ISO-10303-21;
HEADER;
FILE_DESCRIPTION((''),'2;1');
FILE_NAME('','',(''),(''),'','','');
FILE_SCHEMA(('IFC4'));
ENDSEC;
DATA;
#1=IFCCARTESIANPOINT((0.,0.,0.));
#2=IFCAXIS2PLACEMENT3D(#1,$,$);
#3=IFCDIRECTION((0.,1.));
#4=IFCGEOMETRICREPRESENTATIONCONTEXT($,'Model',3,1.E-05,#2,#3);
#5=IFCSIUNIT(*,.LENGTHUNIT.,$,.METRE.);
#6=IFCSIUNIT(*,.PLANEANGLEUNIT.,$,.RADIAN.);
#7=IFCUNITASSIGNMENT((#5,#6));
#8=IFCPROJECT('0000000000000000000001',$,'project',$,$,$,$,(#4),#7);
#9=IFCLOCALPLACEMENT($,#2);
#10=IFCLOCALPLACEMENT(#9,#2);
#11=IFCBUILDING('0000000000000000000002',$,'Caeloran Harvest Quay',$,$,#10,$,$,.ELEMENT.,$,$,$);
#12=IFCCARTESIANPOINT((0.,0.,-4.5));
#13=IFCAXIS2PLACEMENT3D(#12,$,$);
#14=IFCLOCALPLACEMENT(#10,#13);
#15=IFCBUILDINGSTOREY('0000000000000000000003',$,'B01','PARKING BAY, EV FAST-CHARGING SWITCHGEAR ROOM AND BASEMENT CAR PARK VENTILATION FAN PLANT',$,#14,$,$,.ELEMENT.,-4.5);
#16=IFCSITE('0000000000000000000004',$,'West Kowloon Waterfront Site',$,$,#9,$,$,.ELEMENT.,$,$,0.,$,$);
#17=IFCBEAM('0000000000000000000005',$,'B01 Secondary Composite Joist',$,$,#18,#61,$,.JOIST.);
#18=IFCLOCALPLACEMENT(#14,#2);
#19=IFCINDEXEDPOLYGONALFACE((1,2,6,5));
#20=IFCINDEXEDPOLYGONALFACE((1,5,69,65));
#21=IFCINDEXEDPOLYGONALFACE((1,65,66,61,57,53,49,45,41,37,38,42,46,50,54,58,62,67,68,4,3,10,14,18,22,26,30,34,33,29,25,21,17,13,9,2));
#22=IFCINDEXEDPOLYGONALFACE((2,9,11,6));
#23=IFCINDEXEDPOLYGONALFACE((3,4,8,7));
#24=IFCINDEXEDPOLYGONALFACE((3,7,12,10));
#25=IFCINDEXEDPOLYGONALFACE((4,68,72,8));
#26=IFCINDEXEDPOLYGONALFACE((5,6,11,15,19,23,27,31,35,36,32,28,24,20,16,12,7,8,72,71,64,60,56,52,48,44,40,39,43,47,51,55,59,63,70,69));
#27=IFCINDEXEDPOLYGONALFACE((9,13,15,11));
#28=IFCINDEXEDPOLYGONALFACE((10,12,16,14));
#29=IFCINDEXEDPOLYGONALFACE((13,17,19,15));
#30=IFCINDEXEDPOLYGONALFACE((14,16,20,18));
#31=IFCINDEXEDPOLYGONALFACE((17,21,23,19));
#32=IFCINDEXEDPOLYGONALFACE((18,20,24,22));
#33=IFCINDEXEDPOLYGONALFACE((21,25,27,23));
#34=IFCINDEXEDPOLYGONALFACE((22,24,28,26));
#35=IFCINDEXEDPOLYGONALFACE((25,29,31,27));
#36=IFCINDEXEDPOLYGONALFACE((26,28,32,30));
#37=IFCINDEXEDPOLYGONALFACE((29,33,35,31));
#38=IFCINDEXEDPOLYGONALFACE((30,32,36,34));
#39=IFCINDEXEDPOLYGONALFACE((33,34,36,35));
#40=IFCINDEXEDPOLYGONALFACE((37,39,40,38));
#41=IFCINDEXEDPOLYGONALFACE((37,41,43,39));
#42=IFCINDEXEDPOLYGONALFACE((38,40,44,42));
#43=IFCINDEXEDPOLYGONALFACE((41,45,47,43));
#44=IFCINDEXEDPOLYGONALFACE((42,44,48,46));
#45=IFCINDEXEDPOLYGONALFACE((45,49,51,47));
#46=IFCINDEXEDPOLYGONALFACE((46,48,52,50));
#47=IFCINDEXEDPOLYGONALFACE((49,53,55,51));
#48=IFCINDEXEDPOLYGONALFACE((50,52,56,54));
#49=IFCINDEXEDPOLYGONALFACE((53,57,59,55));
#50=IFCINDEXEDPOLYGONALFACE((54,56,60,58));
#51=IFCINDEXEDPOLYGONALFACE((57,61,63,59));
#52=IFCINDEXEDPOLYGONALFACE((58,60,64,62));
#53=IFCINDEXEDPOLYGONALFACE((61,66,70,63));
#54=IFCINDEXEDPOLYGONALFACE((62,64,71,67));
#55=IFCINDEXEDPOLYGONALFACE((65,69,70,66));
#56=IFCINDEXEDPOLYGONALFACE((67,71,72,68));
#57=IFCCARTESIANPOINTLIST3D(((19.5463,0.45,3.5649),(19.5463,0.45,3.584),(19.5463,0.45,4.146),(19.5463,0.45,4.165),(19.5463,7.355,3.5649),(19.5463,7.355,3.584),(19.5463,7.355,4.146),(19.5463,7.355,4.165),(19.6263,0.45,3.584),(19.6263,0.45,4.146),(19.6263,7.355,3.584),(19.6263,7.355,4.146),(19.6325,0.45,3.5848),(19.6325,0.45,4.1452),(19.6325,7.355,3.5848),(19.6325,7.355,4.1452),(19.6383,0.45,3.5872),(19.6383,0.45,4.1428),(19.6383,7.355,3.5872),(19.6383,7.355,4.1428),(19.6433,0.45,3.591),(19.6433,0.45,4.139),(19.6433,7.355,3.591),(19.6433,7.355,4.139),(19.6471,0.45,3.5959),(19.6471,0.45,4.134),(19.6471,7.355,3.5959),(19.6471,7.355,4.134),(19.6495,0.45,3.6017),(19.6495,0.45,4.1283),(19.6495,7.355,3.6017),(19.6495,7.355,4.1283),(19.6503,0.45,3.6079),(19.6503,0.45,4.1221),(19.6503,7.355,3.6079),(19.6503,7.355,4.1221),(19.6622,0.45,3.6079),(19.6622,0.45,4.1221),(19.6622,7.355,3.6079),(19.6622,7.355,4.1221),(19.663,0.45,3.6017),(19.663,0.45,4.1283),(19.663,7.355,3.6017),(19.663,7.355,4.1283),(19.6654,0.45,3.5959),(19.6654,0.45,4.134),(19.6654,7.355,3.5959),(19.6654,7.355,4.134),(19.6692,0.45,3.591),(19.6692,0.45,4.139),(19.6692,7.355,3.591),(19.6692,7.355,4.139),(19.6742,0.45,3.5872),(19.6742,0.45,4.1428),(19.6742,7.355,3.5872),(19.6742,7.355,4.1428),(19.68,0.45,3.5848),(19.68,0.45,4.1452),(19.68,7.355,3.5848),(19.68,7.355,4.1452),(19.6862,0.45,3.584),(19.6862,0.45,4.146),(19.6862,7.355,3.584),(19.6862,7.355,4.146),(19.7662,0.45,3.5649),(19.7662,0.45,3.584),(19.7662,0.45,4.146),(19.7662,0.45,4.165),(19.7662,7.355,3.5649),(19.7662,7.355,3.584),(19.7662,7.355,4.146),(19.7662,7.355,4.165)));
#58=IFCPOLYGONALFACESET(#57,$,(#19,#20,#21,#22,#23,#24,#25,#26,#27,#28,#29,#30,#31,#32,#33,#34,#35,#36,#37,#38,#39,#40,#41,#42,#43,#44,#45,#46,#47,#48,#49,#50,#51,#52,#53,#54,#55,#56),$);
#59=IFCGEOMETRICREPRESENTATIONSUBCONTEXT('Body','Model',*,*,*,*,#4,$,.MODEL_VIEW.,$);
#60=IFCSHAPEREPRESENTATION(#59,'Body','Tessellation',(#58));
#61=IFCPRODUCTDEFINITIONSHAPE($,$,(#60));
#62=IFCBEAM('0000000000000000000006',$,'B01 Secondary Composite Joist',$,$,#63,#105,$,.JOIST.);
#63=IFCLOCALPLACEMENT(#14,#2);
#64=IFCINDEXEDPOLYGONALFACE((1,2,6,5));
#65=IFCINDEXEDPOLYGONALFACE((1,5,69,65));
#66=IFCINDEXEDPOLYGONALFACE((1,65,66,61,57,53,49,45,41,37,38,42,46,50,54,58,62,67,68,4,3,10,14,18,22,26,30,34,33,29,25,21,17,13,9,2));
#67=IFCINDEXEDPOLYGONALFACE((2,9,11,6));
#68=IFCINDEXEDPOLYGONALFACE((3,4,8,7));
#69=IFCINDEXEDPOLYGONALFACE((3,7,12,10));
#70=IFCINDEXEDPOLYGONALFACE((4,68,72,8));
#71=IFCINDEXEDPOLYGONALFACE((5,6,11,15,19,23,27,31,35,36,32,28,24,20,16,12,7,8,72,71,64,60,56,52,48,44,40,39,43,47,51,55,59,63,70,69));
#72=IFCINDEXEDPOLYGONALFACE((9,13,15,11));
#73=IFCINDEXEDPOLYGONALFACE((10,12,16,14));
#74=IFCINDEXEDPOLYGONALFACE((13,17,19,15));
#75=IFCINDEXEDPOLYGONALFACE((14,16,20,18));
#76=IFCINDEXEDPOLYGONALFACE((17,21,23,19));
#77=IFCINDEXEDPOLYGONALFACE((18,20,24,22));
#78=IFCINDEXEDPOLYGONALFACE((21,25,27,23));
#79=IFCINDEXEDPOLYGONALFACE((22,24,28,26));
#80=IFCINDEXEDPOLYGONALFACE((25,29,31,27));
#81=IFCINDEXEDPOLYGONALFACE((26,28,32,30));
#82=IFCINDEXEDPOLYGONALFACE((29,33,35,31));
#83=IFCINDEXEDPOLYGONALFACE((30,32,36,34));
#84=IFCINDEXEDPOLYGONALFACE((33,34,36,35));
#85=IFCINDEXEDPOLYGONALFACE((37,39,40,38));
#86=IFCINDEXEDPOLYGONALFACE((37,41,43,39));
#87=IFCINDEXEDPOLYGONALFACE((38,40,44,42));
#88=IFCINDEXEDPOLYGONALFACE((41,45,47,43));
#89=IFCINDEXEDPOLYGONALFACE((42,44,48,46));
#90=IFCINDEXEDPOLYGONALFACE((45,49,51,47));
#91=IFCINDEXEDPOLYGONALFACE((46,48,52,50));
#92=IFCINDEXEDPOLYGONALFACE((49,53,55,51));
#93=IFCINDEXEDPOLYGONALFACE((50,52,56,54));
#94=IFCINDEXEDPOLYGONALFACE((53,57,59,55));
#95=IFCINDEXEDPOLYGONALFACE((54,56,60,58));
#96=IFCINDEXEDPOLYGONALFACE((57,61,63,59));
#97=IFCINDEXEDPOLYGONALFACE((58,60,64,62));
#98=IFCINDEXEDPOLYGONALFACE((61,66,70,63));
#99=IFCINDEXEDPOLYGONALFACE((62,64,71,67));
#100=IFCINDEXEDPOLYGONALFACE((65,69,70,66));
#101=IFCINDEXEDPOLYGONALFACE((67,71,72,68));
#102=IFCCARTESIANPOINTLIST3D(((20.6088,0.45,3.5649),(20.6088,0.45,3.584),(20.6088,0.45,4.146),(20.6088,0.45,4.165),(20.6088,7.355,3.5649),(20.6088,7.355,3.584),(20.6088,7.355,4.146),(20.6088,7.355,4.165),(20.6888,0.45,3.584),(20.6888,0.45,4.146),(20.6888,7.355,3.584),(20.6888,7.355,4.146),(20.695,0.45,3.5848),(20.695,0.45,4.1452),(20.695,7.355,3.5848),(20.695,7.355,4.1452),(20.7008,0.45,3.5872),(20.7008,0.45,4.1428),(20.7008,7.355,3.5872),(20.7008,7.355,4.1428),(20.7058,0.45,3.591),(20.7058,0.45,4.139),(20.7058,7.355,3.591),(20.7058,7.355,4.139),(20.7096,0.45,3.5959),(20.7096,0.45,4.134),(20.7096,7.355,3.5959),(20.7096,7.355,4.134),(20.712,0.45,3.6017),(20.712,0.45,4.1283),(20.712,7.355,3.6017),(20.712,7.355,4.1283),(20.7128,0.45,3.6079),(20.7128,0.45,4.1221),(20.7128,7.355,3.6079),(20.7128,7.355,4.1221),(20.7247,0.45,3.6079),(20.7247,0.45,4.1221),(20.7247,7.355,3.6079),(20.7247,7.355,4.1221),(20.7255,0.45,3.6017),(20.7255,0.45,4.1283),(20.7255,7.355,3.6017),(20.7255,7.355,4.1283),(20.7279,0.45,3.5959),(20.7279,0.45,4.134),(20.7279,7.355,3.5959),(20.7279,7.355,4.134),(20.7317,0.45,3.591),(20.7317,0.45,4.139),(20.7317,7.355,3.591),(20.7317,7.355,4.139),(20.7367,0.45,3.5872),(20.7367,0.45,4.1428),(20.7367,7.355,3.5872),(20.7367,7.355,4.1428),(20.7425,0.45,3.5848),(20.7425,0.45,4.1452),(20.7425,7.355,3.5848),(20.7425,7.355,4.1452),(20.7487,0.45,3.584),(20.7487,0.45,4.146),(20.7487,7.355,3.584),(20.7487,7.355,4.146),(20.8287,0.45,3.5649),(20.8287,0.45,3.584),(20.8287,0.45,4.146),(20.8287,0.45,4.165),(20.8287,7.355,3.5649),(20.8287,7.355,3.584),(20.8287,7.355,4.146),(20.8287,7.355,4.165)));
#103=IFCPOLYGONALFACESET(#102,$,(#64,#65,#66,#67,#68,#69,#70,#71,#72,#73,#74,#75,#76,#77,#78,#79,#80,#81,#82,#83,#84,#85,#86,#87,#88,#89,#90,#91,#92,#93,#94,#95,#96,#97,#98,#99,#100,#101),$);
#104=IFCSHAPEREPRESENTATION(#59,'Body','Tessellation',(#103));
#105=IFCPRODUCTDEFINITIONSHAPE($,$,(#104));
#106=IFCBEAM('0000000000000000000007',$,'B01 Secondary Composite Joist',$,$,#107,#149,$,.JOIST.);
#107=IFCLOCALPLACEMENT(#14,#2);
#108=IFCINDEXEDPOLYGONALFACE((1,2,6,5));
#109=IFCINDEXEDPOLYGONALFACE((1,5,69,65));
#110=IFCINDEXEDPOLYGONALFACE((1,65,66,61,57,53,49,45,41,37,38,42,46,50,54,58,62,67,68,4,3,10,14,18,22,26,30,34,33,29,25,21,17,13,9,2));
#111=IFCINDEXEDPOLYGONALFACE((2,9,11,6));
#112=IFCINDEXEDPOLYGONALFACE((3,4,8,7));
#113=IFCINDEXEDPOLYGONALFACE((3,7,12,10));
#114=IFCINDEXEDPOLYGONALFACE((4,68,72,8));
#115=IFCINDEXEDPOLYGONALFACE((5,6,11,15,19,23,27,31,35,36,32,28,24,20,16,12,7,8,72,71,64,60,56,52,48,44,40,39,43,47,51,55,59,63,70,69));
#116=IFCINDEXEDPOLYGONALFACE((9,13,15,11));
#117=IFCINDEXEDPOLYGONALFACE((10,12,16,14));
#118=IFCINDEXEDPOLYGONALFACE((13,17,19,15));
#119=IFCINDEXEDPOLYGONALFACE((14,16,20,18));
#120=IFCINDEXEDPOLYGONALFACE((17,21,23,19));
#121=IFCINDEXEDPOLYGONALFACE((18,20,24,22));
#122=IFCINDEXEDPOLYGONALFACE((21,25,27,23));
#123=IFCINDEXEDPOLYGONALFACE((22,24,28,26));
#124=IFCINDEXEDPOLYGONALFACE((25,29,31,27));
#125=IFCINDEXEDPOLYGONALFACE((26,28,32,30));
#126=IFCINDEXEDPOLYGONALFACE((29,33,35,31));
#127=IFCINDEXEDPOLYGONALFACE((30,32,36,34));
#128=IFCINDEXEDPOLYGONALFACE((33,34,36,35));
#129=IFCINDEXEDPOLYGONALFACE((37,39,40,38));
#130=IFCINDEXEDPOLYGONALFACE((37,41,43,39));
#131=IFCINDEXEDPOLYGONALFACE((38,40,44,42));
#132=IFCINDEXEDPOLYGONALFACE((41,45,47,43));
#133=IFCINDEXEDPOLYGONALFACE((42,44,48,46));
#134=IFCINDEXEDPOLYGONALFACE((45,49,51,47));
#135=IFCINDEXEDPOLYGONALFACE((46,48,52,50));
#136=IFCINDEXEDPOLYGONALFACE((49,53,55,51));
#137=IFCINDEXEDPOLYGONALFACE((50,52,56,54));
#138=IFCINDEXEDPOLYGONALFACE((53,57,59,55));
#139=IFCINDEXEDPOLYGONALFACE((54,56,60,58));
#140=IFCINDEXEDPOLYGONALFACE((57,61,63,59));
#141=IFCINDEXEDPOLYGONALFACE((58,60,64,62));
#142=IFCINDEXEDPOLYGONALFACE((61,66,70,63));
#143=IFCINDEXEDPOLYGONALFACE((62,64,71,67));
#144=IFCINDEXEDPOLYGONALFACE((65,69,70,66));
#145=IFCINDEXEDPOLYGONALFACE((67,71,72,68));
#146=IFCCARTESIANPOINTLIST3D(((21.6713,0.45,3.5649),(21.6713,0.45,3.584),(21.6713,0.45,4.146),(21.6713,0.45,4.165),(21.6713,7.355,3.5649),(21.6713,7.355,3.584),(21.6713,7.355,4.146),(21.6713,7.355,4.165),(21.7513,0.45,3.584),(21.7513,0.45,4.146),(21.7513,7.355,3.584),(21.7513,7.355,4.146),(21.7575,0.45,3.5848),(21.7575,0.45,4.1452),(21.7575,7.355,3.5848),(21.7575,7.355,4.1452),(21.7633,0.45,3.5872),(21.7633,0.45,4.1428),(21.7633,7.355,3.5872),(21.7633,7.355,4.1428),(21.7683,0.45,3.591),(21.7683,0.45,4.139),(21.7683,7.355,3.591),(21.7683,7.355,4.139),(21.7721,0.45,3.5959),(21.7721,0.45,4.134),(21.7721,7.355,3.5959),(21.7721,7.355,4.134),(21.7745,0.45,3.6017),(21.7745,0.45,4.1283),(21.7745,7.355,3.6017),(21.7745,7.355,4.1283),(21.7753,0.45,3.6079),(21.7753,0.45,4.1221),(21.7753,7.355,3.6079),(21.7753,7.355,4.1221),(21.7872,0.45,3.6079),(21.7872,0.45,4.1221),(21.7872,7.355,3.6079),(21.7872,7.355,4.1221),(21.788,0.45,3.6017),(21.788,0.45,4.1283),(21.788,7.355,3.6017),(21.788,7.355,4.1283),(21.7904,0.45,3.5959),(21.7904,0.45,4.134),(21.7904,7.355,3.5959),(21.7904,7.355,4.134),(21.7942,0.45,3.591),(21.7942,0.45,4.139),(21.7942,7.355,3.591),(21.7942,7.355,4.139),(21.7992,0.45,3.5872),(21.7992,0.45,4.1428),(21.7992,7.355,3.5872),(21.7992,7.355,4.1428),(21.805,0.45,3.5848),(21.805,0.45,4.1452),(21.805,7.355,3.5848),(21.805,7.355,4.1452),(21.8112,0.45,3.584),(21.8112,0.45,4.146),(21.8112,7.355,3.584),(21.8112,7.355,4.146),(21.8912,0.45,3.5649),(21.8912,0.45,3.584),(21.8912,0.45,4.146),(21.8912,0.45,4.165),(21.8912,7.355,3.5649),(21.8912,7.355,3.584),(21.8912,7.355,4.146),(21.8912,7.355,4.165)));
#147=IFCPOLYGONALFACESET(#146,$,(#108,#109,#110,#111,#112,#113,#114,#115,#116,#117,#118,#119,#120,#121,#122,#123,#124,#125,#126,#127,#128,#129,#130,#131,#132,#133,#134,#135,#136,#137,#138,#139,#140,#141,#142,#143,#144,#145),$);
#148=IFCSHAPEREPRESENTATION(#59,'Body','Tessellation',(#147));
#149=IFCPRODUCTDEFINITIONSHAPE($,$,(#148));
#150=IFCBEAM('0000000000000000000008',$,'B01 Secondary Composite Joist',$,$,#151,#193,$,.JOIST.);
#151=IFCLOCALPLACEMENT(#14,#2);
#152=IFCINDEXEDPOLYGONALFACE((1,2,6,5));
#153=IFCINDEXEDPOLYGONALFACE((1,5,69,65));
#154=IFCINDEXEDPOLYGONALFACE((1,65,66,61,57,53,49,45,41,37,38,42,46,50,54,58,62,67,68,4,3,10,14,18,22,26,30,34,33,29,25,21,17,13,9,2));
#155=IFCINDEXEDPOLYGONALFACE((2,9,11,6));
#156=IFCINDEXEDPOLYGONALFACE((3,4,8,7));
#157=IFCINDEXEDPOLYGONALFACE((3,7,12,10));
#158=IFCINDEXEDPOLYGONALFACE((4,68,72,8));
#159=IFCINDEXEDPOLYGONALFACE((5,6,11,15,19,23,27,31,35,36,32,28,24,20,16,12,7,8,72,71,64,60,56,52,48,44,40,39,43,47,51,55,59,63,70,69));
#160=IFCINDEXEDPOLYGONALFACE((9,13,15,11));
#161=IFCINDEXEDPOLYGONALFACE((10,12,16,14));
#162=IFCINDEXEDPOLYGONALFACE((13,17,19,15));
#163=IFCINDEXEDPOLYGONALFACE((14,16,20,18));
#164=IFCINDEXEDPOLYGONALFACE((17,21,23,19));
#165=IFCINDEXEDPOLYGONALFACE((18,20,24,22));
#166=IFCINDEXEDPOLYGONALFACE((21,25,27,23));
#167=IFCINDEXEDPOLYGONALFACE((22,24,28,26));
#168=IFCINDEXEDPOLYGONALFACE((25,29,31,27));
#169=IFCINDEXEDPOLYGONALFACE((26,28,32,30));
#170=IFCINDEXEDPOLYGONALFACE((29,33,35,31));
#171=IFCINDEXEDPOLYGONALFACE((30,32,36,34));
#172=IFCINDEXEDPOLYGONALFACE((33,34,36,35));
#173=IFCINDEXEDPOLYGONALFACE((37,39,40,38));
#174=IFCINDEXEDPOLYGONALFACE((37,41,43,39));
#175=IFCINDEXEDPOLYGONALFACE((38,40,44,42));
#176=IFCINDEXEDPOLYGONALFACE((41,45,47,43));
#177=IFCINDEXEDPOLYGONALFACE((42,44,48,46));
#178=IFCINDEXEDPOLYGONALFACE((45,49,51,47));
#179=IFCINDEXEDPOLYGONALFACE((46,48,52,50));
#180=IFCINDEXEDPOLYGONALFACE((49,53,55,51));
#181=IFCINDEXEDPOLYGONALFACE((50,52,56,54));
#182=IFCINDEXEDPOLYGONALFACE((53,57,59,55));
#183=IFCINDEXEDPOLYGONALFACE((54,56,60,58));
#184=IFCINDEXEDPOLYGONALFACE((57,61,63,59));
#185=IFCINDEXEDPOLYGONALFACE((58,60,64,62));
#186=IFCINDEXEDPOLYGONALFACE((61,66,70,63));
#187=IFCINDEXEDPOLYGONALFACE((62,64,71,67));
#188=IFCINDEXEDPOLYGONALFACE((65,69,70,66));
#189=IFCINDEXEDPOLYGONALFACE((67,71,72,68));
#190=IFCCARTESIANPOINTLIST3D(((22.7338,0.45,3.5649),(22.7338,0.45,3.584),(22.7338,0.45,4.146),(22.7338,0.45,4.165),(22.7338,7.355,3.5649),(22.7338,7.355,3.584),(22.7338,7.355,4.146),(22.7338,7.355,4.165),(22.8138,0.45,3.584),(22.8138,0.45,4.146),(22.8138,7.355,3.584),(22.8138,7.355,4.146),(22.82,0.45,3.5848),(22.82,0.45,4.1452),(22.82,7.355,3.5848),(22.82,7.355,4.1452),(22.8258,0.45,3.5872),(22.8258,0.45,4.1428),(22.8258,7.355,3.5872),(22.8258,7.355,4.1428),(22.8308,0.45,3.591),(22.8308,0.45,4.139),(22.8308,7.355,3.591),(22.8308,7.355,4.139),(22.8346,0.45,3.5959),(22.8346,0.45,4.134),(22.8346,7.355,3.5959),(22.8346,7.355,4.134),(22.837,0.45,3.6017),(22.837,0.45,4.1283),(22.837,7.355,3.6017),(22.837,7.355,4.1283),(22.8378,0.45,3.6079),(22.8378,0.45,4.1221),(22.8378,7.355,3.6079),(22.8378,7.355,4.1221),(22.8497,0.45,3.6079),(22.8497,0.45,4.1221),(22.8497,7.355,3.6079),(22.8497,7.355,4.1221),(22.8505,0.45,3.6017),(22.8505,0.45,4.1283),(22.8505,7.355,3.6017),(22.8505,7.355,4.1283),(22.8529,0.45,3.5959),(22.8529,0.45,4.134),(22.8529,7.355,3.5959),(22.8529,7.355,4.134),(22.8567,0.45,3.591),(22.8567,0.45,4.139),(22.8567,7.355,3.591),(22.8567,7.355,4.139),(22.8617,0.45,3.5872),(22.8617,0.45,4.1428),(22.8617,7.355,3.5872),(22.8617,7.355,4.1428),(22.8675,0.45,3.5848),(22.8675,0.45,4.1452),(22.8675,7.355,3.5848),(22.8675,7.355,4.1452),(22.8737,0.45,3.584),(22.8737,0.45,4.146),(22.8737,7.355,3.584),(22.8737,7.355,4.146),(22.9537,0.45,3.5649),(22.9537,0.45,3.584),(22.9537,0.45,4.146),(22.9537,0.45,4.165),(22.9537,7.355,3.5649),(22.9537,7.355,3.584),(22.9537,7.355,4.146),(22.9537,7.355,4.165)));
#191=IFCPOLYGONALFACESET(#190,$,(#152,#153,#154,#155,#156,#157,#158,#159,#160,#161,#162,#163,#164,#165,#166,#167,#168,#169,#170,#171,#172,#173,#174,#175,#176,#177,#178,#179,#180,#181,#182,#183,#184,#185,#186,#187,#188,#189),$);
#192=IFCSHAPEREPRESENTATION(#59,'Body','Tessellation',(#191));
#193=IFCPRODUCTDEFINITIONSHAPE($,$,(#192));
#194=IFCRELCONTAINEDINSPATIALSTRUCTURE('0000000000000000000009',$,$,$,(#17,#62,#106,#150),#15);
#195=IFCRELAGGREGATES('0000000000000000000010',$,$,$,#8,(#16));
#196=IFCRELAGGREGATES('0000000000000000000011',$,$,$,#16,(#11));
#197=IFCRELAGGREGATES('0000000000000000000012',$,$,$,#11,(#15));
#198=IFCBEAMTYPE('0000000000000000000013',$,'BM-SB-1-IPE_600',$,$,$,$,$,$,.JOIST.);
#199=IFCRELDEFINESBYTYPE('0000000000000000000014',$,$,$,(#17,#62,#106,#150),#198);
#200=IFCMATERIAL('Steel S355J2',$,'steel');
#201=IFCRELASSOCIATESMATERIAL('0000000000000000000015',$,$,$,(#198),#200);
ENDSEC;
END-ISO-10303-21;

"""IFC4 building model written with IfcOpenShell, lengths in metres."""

from ifc_helpers import new_model, si_unit, direction, frame, origin, origin_2d, place, context, subcontext, project, spatial, i_section, extrude, material, material_profile, profile_set, type_object, element, save


model = new_model("IFC4")

# Units and contexts
model_context = context("Model", 3, precision=1e-05, world=origin(), true_north=direction((0.0, 1.0)))
body_context = subcontext(model_context, "Body", "Model", "MODEL_VIEW")
ifc_project = project(units=[si_unit("LENGTHUNIT", "METRE"), si_unit("PLANEANGLEUNIT", "RADIAN")], contexts=[model_context])

# Site, building, storey
site_placement = place(None, origin())
site = spatial("IfcSite", under=ifc_project, at=site_placement, Name="West Kowloon Waterfront Site", CompositionType="ELEMENT", RefElevation=0.0)
building_placement = place(site_placement, origin())
building = spatial("IfcBuilding", under=site, at=building_placement, Name="Caeloran Harvest Quay", CompositionType="ELEMENT")
storey_placement = place(building_placement, frame((0.0, 0.0, -4.5)))
storey = spatial("IfcBuildingStorey", under=building, at=storey_placement, Name="B01", Description="PARKING BAY, EV FAST-CHARGING SWITCHGEAR ROOM AND BASEMENT CAR PARK VENTILATION FAN PLANT", CompositionType="ELEMENT", Elevation=-4.5)

# Beams
ifc_material_1 = material(Name="Steel S355J2", Category="steel")
ifc_material_profile_1 = material_profile(ifc_material_1, i_section(OverallWidth=0.22, OverallDepth=0.6001, WebThickness=0.012, FlangeThickness=0.019, FilletRadius=0.0239, at=origin_2d()), Name="IPE 600")
ifc_profile_set_1 = profile_set([ifc_material_profile_1], Name="Steel S355J2")
beam_type_1 = type_object("IfcBeamType", Name="BM-SB-1-IPE_600", PredefinedType="JOIST", material=ifc_profile_set_1)
for number, where, z_axis, x_axis, name in (
    (1, (19.6562, 0.45, 3.865), (0.0, 1.0, 0.0), (-1.0, 0.0, 0.0), "B01 Secondary Composite Joist"),
    (2, (20.7188, 0.45, 3.865), (0.0, 1.0, 0.0), (-1.0, 0.0, 0.0), "B01 Secondary Composite Joist"),
    (3, (21.7812, 0.45, 3.865), (0.0, 1.0, 0.0), (-1.0, 0.0, 0.0), "B01 Secondary Composite Joist"),
    (4, (22.8438, 0.45, 3.865), (0.0, 1.0, 0.0), (-1.0, 0.0, 0.0), "B01 Secondary Composite Joist"),
):
    element("IfcBeam", number, at=place(storey_placement, frame(where, z_axis=z_axis, x_axis=x_axis)), inside=storey, type_object=beam_type_1, Name=name, PredefinedType="JOIST", context=body_context, shape_type="SweptSolid", body=[
        extrude(i_section(OverallWidth=0.22, OverallDepth=0.6001, WebThickness=0.012, FlangeThickness=0.019, FilletRadius=0.0239, at=origin_2d()), origin(), (0.0, 0.0, 1.0), 6.905),
    ])

save(model, "model.ifc")
